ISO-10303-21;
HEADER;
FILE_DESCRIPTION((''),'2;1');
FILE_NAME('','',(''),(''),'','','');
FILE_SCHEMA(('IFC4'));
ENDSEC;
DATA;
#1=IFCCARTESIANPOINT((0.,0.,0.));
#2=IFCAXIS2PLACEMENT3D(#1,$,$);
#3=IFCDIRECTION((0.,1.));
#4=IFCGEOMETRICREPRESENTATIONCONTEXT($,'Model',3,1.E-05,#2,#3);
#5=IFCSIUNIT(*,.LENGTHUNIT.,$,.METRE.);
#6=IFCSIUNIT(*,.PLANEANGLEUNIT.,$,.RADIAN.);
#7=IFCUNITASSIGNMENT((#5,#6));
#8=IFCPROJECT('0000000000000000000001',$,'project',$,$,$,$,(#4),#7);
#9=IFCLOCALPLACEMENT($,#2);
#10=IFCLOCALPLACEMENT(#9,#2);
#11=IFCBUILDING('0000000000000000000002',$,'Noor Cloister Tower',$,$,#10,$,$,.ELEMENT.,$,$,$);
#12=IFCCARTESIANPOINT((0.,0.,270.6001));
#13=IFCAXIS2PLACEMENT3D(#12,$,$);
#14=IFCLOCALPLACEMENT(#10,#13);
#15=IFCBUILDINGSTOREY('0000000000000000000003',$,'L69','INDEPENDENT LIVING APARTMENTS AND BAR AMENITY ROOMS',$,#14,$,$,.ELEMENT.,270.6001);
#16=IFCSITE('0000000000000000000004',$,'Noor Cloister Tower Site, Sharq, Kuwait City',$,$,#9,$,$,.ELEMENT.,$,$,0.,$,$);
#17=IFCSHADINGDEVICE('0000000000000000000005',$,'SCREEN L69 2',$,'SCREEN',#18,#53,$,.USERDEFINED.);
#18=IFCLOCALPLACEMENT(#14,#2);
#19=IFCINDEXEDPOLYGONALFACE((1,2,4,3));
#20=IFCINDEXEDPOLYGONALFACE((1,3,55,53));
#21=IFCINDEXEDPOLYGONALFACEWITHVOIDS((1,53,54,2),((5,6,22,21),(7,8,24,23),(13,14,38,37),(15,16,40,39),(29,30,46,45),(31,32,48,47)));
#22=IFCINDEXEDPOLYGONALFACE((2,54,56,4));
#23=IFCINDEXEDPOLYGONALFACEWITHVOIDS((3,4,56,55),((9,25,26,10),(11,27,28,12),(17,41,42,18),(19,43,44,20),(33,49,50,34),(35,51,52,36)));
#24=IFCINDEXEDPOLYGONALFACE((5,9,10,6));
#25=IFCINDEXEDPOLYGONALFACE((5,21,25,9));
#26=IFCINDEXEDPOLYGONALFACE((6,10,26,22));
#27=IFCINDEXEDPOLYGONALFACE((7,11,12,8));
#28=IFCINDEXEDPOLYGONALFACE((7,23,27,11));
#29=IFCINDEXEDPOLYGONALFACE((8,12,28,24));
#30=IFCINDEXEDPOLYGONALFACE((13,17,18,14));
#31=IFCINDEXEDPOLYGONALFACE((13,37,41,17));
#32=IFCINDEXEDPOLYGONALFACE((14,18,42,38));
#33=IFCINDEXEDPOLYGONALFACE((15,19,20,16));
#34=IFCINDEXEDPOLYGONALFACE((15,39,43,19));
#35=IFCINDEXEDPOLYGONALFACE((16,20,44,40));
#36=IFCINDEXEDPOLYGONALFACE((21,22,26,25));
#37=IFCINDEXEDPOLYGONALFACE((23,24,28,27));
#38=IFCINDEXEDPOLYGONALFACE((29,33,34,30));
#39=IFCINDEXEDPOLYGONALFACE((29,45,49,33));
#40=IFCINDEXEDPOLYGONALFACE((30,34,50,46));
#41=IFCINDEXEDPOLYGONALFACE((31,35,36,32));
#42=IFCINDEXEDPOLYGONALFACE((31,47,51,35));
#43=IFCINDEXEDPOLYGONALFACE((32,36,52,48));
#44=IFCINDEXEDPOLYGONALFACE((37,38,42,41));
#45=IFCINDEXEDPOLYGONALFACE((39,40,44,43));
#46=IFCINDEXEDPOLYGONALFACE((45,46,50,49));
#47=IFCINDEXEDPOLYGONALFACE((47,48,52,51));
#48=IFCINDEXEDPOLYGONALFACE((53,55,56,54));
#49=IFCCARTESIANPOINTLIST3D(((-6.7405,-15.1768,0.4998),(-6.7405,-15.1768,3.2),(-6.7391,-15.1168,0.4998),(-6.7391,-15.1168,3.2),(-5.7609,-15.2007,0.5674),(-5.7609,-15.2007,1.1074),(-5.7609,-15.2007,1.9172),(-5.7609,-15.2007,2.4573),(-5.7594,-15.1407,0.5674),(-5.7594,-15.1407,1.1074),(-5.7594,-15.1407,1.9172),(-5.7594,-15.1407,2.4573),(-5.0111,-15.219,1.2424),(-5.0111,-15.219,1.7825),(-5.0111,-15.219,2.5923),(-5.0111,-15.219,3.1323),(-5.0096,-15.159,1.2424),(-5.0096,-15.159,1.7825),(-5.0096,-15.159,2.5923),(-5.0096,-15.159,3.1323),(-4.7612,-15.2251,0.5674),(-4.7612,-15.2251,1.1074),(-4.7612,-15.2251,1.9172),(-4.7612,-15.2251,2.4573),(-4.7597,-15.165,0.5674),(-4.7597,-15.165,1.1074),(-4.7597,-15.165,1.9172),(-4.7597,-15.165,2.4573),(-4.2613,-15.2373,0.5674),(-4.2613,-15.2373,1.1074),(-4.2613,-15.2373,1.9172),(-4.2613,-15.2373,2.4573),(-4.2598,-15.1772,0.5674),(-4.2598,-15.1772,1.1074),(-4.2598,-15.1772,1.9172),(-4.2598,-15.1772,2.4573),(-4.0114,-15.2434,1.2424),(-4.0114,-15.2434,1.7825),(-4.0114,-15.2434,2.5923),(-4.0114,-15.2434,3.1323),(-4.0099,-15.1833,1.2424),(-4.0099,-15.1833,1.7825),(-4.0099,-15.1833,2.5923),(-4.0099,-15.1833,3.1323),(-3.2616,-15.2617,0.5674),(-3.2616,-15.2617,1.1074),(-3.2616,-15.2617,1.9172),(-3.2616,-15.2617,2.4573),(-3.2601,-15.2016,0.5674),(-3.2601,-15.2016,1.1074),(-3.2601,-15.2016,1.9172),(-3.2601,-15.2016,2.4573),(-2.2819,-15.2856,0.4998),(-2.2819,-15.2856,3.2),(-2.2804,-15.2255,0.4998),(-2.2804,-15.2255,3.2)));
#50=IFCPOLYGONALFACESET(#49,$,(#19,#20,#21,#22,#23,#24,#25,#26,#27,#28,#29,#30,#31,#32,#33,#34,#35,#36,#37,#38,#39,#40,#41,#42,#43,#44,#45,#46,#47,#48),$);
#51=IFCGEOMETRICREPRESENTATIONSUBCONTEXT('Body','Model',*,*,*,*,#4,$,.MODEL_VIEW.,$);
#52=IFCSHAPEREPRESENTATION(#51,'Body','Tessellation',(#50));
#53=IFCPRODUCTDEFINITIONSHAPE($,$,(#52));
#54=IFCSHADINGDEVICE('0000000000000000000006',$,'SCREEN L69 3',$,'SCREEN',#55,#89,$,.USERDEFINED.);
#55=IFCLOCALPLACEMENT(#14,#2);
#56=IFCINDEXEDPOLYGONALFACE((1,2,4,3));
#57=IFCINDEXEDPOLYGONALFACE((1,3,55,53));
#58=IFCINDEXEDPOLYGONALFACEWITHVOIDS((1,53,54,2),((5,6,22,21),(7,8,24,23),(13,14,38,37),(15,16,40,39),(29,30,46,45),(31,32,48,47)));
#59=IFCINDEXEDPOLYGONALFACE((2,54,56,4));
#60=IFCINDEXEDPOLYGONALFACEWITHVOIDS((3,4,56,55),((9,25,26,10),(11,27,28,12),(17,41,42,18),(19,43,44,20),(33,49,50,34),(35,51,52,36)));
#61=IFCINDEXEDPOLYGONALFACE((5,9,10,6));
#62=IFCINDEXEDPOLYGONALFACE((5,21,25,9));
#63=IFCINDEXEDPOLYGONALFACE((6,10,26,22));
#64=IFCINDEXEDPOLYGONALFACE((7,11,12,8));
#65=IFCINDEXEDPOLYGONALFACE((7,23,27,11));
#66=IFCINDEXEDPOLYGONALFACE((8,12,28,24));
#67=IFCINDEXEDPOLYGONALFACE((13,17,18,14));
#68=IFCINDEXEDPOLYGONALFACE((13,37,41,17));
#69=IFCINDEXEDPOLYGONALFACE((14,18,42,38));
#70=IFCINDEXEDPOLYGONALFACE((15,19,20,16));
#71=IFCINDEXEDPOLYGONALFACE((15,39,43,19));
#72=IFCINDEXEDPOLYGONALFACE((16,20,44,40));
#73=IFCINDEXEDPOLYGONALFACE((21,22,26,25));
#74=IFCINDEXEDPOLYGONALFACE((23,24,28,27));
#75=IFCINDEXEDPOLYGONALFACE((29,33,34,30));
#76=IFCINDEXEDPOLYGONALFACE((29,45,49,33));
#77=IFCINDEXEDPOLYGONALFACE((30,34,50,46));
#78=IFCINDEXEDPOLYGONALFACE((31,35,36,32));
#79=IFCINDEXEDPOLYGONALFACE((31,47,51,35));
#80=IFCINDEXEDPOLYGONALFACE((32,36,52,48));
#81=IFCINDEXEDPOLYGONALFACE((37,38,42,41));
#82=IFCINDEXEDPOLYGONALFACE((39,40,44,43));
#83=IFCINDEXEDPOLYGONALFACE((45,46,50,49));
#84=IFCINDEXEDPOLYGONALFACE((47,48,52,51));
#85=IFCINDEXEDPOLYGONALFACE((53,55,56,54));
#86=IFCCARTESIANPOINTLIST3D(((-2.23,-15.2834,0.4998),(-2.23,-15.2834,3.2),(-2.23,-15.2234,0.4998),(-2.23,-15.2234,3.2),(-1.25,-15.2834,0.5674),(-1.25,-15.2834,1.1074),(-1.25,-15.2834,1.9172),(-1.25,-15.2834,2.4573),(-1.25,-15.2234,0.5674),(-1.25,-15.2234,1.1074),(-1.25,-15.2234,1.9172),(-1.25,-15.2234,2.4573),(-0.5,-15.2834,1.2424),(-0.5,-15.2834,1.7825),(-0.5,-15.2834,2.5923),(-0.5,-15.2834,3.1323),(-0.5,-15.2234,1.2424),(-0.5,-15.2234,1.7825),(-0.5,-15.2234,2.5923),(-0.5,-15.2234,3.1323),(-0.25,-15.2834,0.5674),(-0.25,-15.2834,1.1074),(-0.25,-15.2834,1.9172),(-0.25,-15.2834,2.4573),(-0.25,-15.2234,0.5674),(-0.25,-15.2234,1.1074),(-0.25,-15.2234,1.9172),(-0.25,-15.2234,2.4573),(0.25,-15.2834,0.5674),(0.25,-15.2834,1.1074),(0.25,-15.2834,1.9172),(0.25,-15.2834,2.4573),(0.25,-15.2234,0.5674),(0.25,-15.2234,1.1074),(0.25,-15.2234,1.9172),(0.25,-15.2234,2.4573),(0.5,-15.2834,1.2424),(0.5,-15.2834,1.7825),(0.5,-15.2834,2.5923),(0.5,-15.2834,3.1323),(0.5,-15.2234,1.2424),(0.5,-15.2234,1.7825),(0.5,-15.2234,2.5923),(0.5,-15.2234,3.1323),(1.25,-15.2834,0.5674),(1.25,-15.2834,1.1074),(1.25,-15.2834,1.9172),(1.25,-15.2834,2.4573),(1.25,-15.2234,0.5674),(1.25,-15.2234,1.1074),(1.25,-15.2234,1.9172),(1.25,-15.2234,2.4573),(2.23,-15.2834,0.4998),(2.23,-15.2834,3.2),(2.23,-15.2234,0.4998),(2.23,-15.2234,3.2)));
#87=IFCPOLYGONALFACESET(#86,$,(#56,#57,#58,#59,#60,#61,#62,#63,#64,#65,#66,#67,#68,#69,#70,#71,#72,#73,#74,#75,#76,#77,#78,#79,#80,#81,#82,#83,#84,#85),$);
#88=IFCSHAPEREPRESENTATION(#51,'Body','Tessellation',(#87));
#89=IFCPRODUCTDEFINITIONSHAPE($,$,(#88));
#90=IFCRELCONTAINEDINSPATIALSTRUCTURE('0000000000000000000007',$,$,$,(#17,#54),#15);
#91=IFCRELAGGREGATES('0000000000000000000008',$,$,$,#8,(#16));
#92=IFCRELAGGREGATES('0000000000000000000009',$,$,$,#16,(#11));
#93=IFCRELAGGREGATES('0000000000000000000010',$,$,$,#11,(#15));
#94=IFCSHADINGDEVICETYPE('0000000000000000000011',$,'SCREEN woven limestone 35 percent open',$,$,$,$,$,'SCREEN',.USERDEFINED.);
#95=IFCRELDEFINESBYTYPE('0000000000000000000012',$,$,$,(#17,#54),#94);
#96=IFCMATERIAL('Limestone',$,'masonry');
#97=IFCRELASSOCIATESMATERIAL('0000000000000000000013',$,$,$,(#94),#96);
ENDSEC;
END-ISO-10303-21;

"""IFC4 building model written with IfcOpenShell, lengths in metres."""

from ifc_helpers import new_model, si_unit, direction, frame, origin, place, context, subcontext, project, spatial, polyline, outline, extrude, material, material_profile, profile_set, type_object, element, save


model = new_model("IFC4")

# Units and contexts
model_context = context("Model", 3, precision=1e-05, world=origin(), true_north=direction((0.0, 1.0)))
body_context = subcontext(model_context, "Body", "Model", "MODEL_VIEW")
ifc_project = project(units=[si_unit("LENGTHUNIT", "METRE"), si_unit("PLANEANGLEUNIT", "RADIAN")], contexts=[model_context])

# Site, building, storey
site_placement = place(None, origin())
site = spatial("IfcSite", under=ifc_project, at=site_placement, Name="Noor Cloister Tower Site, Sharq, Kuwait City", CompositionType="ELEMENT", RefElevation=0.0)
building_placement = place(site_placement, origin())
building = spatial("IfcBuilding", under=site, at=building_placement, Name="Noor Cloister Tower", CompositionType="ELEMENT")
storey_placement = place(building_placement, frame((0.0, 0.0, 270.6001)))
storey = spatial("IfcBuildingStorey", under=building, at=storey_placement, Name="L69", Description="INDEPENDENT LIVING APARTMENTS AND BAR AMENITY ROOMS", CompositionType="ELEMENT", Elevation=270.6001)

# Shading devices
ifc_material_1 = material(Name="Limestone", Category="masonry")
ifc_material_profile_1 = material_profile(ifc_material_1, outline(polyline([(-2.23, -1.3501), (2.23, -1.3501), (2.23, 1.3501), (-2.23, 1.3501), (-2.23, -1.3501)]), holes=[polyline([(-1.25, -1.2825), (-0.25, -1.2825), (-0.25, -0.7424), (-1.25, -0.7424), (-1.25, -1.2825)]), polyline([(0.25, -1.2825), (1.25, -1.2825), (1.25, -0.7424), (0.25, -0.7424), (0.25, -1.2825)]), polyline([(-0.5, -0.6074), (0.5, -0.6074), (0.5, -0.0674), (-0.5, -0.0674), (-0.5, -0.6074)]), polyline([(-1.25, 0.0674), (-0.25, 0.0674), (-0.25, 0.6074), (-1.25, 0.6074), (-1.25, 0.0674)]), polyline([(0.25, 0.0674), (1.25, 0.0674), (1.25, 0.6074), (0.25, 0.6074), (0.25, 0.0674)]), polyline([(-0.5, 0.7424), (0.5, 0.7424), (0.5, 1.2825), (-0.5, 1.2825), (-0.5, 0.7424)])]), Name="Woven screen 35 percent open")
ifc_profile_set_1 = profile_set([ifc_material_profile_1], Name="Limestone")
shading_device_type = type_object("IfcShadingDeviceType", Name="SCREEN woven limestone 35 percent open", ElementType="SCREEN", PredefinedType="USERDEFINED", material=ifc_profile_set_1)
for number, where, z_axis, x_axis, name in (
    (1, (-4.5098, -15.1711, 1.8499), (-0.024383, -0.999703, 0.0), (0.999703, -0.024383, 0.0), "SCREEN L69 2"),
    (2, (0.0, -15.2234, 1.8499), (0.0, -1.0, 0.0), (1.0, 0.0, 0.0), "SCREEN L69 3"),
):
    element("IfcShadingDevice", number, at=place(storey_placement, frame(where, z_axis=z_axis, x_axis=x_axis)), inside=storey, type_object=shading_device_type, Name=name, ObjectType="SCREEN", PredefinedType="USERDEFINED", context=body_context, shape_type="SweptSolid", body=[
        extrude(outline(polyline([(-2.23, -1.3501), (2.23, -1.3501), (2.23, 1.3501), (-2.23, 1.3501), (-2.23, -1.3501)]), holes=[polyline([(-1.25, -1.2825), (-0.25, -1.2825), (-0.25, -0.7424), (-1.25, -0.7424), (-1.25, -1.2825)]), polyline([(0.25, -1.2825), (1.25, -1.2825), (1.25, -0.7424), (0.25, -0.7424), (0.25, -1.2825)]), polyline([(-0.5, -0.6074), (0.5, -0.6074), (0.5, -0.0674), (-0.5, -0.0674), (-0.5, -0.6074)]), polyline([(-1.25, 0.0674), (-0.25, 0.0674), (-0.25, 0.6074), (-1.25, 0.6074), (-1.25, 0.0674)]), polyline([(0.25, 0.0674), (1.25, 0.0674), (1.25, 0.6074), (0.25, 0.6074), (0.25, 0.0674)]), polyline([(-0.5, 0.7424), (0.5, 0.7424), (0.5, 1.2825), (-0.5, 1.2825), (-0.5, 0.7424)])]), origin(), (0.0, 0.0, 1.0), 0.0601),
    ])

save(model, "model.ifc")
